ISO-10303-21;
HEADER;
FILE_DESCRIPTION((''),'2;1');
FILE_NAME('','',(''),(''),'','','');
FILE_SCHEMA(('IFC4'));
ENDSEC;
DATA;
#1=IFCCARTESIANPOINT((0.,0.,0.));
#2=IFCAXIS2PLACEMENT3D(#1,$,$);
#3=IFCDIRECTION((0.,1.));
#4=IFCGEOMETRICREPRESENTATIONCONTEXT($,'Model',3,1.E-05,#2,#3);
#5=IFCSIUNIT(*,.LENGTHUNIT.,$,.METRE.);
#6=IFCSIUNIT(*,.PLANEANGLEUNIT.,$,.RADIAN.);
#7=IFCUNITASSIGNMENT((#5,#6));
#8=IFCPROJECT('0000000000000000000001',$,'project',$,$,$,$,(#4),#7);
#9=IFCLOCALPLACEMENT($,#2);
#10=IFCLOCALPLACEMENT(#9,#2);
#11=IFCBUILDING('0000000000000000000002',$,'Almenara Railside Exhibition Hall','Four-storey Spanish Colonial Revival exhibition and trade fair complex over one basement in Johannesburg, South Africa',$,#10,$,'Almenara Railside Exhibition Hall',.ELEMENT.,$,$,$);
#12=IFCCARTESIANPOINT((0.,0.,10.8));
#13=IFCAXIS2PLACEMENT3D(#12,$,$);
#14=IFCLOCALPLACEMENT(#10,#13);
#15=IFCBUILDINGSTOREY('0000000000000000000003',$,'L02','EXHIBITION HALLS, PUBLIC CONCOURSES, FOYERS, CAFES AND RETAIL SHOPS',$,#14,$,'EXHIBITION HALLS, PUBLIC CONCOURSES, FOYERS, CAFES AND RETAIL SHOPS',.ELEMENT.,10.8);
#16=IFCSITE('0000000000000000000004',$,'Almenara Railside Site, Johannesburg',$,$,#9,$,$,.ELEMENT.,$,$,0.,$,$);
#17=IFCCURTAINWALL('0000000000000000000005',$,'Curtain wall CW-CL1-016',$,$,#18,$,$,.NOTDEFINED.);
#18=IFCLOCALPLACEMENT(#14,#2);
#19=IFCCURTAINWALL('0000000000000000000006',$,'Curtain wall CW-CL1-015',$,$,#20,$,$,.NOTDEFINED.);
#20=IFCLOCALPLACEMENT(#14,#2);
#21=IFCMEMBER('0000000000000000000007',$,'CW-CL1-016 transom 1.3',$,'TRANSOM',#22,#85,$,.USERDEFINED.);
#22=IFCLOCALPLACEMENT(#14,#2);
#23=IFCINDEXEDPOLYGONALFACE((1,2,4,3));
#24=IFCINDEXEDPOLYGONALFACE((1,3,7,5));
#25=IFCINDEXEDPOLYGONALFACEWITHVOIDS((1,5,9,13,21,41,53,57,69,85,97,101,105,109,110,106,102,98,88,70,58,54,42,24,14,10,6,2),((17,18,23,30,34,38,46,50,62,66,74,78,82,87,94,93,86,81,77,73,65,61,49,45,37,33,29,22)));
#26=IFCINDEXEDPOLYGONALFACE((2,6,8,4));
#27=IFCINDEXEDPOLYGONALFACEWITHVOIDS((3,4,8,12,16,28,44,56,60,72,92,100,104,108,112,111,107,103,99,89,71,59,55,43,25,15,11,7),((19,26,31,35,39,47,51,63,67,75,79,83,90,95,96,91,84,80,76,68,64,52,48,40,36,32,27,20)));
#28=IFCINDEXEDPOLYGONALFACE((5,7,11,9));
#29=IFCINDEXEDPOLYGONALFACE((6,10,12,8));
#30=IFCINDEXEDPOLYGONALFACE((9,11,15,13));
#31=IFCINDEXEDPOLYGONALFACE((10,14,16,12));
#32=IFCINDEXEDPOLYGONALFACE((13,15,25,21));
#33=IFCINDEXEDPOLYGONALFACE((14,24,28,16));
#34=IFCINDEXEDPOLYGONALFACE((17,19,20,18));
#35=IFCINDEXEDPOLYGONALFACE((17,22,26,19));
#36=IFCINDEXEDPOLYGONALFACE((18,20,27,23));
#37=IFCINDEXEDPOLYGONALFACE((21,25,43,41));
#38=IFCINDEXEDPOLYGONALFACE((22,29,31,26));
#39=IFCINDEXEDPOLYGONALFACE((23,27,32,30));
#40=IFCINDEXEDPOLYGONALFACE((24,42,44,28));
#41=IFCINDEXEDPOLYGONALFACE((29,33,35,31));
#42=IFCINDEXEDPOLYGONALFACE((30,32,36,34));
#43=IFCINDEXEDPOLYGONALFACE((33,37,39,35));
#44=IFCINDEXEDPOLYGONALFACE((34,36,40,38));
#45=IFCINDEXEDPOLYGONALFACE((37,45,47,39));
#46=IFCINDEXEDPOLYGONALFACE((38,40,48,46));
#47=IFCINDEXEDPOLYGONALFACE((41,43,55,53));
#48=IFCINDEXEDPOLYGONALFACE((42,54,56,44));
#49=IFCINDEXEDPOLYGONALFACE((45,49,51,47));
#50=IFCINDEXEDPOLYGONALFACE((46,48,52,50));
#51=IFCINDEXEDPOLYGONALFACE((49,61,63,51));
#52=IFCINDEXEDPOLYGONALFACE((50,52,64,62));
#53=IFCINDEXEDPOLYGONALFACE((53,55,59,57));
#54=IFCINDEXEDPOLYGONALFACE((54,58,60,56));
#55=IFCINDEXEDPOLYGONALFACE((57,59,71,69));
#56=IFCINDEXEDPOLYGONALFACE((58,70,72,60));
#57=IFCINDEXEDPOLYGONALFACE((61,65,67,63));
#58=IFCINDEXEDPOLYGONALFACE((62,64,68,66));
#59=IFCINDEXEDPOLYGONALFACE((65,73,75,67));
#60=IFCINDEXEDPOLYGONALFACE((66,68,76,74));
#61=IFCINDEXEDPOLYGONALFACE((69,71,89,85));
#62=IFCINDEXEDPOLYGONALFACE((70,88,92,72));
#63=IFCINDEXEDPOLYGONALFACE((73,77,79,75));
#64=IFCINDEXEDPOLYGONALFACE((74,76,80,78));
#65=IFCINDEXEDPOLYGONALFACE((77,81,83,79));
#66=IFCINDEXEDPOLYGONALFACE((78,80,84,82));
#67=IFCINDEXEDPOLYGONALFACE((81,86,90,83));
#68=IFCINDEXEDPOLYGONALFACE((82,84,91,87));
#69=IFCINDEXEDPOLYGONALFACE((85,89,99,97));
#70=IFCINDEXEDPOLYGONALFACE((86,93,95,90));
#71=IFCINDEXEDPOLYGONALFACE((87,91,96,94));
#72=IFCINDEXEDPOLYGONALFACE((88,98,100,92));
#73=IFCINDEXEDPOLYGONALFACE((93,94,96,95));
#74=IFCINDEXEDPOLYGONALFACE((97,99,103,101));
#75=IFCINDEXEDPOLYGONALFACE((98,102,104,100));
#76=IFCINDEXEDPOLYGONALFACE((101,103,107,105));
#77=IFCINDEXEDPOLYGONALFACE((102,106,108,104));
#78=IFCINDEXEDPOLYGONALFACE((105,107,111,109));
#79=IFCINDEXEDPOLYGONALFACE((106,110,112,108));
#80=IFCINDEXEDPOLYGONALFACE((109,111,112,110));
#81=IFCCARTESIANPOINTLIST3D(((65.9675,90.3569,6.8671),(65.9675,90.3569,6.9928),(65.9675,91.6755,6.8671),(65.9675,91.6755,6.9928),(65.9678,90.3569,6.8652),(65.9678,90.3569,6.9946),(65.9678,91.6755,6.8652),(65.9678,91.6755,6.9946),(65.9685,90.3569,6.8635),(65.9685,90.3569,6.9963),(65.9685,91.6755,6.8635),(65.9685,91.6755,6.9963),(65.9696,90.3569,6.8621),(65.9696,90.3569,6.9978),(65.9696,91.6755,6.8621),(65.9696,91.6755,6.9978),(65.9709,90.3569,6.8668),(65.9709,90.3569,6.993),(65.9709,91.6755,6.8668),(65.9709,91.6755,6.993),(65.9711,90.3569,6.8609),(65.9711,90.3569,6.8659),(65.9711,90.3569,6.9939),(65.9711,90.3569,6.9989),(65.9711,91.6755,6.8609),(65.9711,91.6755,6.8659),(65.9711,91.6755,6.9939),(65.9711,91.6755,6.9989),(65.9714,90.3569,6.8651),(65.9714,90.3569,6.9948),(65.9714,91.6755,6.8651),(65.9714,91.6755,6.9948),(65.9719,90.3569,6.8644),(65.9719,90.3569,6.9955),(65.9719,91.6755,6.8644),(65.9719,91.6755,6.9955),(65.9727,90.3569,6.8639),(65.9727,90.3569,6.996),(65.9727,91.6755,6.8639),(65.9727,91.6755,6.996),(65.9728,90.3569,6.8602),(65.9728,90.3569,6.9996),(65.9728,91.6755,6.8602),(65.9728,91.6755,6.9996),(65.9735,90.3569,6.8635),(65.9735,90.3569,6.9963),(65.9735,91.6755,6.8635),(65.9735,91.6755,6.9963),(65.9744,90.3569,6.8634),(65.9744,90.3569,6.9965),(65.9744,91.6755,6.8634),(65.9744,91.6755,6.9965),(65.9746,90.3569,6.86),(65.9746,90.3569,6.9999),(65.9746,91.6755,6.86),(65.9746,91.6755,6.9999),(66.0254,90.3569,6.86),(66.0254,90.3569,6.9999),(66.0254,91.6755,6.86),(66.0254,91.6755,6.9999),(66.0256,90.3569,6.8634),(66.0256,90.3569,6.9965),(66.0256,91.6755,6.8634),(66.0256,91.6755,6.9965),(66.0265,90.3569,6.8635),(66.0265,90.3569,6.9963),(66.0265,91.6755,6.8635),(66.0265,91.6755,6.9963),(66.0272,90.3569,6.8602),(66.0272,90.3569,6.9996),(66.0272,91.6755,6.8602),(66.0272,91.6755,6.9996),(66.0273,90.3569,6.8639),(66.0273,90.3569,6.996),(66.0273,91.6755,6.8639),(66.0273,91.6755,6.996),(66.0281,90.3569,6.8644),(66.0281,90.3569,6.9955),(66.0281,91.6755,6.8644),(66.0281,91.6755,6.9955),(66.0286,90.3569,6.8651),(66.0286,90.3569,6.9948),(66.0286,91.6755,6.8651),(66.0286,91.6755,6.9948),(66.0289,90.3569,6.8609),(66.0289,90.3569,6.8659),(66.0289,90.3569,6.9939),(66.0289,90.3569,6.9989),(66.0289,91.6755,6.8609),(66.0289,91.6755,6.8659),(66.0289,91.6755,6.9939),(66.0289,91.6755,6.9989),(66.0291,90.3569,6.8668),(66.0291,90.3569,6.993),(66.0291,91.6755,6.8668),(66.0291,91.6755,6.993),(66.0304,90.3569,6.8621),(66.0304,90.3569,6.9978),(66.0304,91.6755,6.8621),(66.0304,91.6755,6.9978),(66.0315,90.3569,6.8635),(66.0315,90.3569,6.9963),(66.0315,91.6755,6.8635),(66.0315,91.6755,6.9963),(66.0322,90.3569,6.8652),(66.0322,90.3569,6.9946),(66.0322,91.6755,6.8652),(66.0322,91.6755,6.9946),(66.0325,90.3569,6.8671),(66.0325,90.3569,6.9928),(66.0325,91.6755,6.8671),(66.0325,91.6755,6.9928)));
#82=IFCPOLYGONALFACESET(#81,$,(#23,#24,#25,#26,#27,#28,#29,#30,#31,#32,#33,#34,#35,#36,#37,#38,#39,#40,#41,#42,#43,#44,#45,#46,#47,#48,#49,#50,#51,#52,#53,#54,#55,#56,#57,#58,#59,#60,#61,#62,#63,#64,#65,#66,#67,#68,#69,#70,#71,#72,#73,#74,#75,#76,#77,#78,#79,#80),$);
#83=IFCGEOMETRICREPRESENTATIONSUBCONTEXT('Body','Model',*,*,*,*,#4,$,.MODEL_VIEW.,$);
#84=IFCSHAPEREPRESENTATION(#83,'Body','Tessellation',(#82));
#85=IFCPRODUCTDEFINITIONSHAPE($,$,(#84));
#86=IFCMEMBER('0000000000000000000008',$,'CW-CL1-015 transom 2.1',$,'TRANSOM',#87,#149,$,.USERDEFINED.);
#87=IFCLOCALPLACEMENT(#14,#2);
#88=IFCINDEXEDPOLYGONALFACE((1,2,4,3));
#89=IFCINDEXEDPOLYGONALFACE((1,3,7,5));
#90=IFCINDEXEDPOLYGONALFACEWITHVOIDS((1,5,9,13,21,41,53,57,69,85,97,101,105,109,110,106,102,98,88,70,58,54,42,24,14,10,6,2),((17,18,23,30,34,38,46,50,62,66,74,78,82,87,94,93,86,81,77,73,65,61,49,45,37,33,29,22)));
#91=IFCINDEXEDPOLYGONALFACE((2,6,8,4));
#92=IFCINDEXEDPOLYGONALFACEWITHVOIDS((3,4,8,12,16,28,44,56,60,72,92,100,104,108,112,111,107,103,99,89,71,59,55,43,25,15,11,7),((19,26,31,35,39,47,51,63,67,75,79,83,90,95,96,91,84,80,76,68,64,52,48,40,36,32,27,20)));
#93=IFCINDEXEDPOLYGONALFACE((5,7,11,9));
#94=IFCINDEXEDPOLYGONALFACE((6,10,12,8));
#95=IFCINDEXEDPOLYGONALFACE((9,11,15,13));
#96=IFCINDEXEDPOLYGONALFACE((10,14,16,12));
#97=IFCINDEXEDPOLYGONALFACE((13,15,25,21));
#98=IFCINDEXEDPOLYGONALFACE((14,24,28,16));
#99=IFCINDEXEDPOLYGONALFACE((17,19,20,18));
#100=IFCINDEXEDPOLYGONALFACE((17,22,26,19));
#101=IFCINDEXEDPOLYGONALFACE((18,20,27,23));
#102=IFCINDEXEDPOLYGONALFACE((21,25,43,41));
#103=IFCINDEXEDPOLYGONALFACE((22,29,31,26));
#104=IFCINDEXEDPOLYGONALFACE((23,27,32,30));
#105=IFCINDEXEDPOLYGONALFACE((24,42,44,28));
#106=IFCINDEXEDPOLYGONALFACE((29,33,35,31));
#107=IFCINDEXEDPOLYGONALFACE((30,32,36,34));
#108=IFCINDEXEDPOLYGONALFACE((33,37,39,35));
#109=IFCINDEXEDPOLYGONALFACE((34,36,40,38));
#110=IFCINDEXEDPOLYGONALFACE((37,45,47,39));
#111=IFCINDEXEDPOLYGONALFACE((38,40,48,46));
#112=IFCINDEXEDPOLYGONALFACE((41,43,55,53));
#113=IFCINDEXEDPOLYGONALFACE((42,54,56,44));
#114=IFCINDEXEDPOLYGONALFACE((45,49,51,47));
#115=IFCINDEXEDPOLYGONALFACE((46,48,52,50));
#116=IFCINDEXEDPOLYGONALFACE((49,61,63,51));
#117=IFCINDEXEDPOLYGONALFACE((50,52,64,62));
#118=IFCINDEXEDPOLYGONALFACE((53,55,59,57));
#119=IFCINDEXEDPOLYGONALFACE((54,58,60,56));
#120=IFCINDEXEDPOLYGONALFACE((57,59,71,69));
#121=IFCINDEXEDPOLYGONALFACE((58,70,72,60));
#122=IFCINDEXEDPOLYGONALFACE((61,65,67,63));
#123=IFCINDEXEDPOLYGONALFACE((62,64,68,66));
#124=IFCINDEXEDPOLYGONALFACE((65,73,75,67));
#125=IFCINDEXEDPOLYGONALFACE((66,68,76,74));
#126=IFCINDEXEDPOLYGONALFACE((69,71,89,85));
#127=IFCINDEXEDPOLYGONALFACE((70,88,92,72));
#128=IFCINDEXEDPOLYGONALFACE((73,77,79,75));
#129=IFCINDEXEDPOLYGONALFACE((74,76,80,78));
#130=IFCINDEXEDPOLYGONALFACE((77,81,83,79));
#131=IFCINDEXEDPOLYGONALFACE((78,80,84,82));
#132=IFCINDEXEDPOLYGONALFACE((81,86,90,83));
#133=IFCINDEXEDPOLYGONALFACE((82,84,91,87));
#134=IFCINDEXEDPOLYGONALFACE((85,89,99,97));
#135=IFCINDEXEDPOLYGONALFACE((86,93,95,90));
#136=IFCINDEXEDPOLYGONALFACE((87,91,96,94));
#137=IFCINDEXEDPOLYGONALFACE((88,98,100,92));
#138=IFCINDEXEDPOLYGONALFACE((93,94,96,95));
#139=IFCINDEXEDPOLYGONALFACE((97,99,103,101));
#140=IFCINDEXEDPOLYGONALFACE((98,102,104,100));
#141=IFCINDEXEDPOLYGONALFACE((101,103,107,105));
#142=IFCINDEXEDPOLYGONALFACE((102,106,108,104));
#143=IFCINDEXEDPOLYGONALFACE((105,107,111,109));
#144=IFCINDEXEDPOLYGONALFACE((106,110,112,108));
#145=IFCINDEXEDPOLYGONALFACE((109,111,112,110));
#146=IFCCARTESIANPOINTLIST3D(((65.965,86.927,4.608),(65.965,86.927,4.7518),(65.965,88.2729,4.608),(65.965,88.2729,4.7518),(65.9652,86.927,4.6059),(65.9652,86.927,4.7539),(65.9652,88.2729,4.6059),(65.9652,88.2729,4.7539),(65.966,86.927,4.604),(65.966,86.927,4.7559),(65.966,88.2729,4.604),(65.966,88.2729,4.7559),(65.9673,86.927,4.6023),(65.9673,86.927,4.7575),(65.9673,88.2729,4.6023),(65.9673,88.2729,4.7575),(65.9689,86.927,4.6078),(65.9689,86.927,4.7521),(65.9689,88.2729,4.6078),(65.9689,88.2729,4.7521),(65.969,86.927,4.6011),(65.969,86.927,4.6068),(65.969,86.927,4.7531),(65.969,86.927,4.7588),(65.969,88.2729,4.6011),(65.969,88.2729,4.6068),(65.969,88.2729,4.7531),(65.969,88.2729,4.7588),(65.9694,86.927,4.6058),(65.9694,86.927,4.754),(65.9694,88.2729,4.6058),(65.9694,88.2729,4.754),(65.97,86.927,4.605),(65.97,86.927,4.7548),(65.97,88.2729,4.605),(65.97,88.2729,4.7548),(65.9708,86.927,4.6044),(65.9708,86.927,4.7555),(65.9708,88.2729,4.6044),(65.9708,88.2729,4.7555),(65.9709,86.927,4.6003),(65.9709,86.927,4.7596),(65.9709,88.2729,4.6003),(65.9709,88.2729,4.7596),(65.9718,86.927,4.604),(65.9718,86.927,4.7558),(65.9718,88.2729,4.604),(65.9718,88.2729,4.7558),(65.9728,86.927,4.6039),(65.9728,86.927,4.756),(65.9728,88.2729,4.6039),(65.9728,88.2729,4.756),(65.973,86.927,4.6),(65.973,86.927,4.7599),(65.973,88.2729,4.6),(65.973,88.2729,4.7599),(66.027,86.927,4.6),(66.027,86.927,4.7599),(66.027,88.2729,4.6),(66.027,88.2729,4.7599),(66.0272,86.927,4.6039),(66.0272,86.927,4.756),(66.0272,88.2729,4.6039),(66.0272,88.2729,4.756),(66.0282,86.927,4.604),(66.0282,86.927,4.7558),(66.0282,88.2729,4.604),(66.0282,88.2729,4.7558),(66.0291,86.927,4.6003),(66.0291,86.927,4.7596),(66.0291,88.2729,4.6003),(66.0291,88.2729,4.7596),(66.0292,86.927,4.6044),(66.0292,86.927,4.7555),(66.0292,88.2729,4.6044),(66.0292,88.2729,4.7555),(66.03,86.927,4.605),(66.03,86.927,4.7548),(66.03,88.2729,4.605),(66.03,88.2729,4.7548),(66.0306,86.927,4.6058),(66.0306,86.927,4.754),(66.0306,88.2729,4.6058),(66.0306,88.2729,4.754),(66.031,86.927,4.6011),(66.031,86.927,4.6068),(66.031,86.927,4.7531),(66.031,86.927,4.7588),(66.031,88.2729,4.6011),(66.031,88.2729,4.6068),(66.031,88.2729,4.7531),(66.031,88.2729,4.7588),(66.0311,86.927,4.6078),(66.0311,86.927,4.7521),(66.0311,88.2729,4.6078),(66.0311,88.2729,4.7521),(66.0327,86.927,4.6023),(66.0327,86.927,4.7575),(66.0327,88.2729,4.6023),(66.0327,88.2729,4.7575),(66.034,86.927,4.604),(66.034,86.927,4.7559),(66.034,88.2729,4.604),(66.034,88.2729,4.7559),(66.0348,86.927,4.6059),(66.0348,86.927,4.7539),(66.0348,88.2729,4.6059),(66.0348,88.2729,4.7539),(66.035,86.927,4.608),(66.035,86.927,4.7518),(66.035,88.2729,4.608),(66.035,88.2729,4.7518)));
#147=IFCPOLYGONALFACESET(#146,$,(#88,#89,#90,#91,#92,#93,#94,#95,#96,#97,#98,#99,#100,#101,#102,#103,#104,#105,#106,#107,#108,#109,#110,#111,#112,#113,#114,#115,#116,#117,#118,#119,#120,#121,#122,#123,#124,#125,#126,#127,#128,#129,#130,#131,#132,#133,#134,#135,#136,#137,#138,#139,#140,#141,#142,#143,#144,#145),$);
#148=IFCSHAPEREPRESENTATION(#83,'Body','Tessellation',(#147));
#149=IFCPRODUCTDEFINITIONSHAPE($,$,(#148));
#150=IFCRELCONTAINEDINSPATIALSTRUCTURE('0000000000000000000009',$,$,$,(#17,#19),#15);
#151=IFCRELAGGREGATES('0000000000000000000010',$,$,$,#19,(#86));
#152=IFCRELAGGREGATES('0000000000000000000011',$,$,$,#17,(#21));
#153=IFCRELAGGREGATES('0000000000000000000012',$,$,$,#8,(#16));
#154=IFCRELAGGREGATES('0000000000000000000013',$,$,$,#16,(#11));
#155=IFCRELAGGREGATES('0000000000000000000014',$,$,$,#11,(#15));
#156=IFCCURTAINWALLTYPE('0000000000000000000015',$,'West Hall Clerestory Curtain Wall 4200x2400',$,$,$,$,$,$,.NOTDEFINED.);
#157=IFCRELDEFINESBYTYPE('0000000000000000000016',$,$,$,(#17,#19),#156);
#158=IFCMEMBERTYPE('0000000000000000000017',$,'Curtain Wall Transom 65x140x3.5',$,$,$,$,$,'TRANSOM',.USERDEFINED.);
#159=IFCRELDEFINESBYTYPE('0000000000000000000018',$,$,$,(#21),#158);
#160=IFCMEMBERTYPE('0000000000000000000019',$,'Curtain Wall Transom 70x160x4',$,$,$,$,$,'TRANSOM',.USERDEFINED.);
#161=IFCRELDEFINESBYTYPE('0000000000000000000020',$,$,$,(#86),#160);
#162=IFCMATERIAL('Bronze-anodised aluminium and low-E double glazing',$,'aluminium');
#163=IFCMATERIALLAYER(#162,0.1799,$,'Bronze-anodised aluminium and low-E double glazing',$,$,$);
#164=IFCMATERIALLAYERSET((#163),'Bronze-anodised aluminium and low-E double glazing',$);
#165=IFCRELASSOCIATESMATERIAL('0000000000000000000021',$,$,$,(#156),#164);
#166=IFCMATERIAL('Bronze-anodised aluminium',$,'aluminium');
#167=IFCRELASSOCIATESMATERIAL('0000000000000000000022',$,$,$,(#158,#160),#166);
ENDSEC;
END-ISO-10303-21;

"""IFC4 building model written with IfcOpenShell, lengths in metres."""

from ifc_helpers import new_model, si_unit, direction, frame, origin, origin_2d, place, context, subcontext, project, spatial, hollow_rectangle, extrude, material, layer, layer_set, material_profile, profile_set, type_object, element, aggregate, save


model = new_model("IFC4")

# Units and contexts
model_context = context("Model", 3, precision=1e-05, world=origin(), true_north=direction((0.0, 1.0)))
body_context = subcontext(model_context, "Body", "Model", "MODEL_VIEW")
ifc_project = project(units=[si_unit("LENGTHUNIT", "METRE"), si_unit("PLANEANGLEUNIT", "RADIAN")], contexts=[model_context])

# Site, building, storey
site_placement = place(None, origin())
site = spatial("IfcSite", under=ifc_project, at=site_placement, Name="Almenara Railside Site, Johannesburg", CompositionType="ELEMENT", RefElevation=0.0)
building_placement = place(site_placement, origin())
building = spatial("IfcBuilding", under=site, at=building_placement, Name="Almenara Railside Exhibition Hall", Description="Four-storey Spanish Colonial Revival exhibition and trade fair complex over one basement in Johannesburg, South Africa", LongName="Almenara Railside Exhibition Hall", CompositionType="ELEMENT")
storey_placement = place(building_placement, frame((0.0, 0.0, 10.8)))
storey = spatial("IfcBuildingStorey", under=building, at=storey_placement, Name="L02", Description="EXHIBITION HALLS, PUBLIC CONCOURSES, FOYERS, CAFES AND RETAIL SHOPS", LongName="EXHIBITION HALLS, PUBLIC CONCOURSES, FOYERS, CAFES AND RETAIL SHOPS", CompositionType="ELEMENT", Elevation=10.8)

# Curtain wall
ifc_material_1 = material(Name="Bronze-anodised aluminium and low-E double glazing", Category="aluminium")
ifc_layer_1 = layer(ifc_material_1, 0.1799, Name="Bronze-anodised aluminium and low-E double glazing")
ifc_layer_set_1 = layer_set([ifc_layer_1], Name="Bronze-anodised aluminium and low-E double glazing")
curtain_wall_type = type_object("IfcCurtainWallType", Name="West Hall Clerestory Curtain Wall 4200x2400", PredefinedType="NOTDEFINED", material=ifc_layer_set_1)
curtain_wall_1_placement = place(storey_placement, origin())
curtain_wall_1 = element("IfcCurtainWall", 1, at=curtain_wall_1_placement, inside=storey, type_object=curtain_wall_type, Name="Curtain wall CW-CL1-016", PredefinedType="NOTDEFINED")
ifc_material_2 = material(Name="Bronze-anodised aluminium", Category="aluminium")

# Curtain wall
curtain_wall_2_placement = place(storey_placement, origin())
curtain_wall_2 = element("IfcCurtainWall", 2, at=curtain_wall_2_placement, inside=storey, type_object=curtain_wall_type, Name="Curtain wall CW-CL1-015", PredefinedType="NOTDEFINED")

# Members
ifc_material_profile_1 = material_profile(ifc_material_2, hollow_rectangle(XDim=0.0649, YDim=0.1399, WallThickness=0.0034, InnerFilletRadius=0.0034, OuterFilletRadius=0.0071, at=origin_2d()), Name="ALU-TRN 65x140x3.5")
ifc_profile_set_1 = profile_set([ifc_material_profile_1], Name="Bronze-anodised aluminium")
member_type_1 = type_object("IfcMemberType", Name="Curtain Wall Transom 65x140x3.5", ElementType="TRANSOM", PredefinedType="USERDEFINED", material=ifc_profile_set_1)
member_1_placement = place(storey_placement, frame((66.0, 90.3569, 6.9299), z_axis=(0.0, 1.0, 0.0), x_axis=(-1.0, 0.0, 0.0)))
member_1 = element("IfcMember", 3, at=member_1_placement, type_object=member_type_1, Name="CW-CL1-016 transom 1.3", ObjectType="TRANSOM", PredefinedType="USERDEFINED", context=body_context, shape_type="SweptSolid", body=[
    extrude(hollow_rectangle(XDim=0.0649, YDim=0.1399, WallThickness=0.0034, InnerFilletRadius=0.0034, OuterFilletRadius=0.0071, at=origin_2d()), origin(), (0.0, 0.0, 1.0), 1.3186),
])
ifc_material_profile_2 = material_profile(ifc_material_2, hollow_rectangle(XDim=0.0701, YDim=0.1599, WallThickness=0.0039, InnerFilletRadius=0.0039, OuterFilletRadius=0.0081, at=origin_2d()), Name="ALU-TRN 70x160x4")
ifc_profile_set_2 = profile_set([ifc_material_profile_2], Name="Bronze-anodised aluminium")
member_type_2 = type_object("IfcMemberType", Name="Curtain Wall Transom 70x160x4", ElementType="TRANSOM", PredefinedType="USERDEFINED", material=ifc_profile_set_2)
member_2_placement = place(storey_placement, frame((66.0, 86.927, 4.6799), z_axis=(0.0, 1.0, 0.0), x_axis=(-1.0, 0.0, 0.0)))
member_2 = element("IfcMember", 4, at=member_2_placement, type_object=member_type_2, Name="CW-CL1-015 transom 2.1", ObjectType="TRANSOM", PredefinedType="USERDEFINED", context=body_context, shape_type="SweptSolid", body=[
    extrude(hollow_rectangle(XDim=0.0701, YDim=0.1599, WallThickness=0.0039, InnerFilletRadius=0.0039, OuterFilletRadius=0.0081, at=origin_2d()), origin(), (0.0, 0.0, 1.0), 1.3459),
])

aggregate(curtain_wall_2, [member_2])
aggregate(curtain_wall_1, [member_1])

save(model, "model.ifc")
